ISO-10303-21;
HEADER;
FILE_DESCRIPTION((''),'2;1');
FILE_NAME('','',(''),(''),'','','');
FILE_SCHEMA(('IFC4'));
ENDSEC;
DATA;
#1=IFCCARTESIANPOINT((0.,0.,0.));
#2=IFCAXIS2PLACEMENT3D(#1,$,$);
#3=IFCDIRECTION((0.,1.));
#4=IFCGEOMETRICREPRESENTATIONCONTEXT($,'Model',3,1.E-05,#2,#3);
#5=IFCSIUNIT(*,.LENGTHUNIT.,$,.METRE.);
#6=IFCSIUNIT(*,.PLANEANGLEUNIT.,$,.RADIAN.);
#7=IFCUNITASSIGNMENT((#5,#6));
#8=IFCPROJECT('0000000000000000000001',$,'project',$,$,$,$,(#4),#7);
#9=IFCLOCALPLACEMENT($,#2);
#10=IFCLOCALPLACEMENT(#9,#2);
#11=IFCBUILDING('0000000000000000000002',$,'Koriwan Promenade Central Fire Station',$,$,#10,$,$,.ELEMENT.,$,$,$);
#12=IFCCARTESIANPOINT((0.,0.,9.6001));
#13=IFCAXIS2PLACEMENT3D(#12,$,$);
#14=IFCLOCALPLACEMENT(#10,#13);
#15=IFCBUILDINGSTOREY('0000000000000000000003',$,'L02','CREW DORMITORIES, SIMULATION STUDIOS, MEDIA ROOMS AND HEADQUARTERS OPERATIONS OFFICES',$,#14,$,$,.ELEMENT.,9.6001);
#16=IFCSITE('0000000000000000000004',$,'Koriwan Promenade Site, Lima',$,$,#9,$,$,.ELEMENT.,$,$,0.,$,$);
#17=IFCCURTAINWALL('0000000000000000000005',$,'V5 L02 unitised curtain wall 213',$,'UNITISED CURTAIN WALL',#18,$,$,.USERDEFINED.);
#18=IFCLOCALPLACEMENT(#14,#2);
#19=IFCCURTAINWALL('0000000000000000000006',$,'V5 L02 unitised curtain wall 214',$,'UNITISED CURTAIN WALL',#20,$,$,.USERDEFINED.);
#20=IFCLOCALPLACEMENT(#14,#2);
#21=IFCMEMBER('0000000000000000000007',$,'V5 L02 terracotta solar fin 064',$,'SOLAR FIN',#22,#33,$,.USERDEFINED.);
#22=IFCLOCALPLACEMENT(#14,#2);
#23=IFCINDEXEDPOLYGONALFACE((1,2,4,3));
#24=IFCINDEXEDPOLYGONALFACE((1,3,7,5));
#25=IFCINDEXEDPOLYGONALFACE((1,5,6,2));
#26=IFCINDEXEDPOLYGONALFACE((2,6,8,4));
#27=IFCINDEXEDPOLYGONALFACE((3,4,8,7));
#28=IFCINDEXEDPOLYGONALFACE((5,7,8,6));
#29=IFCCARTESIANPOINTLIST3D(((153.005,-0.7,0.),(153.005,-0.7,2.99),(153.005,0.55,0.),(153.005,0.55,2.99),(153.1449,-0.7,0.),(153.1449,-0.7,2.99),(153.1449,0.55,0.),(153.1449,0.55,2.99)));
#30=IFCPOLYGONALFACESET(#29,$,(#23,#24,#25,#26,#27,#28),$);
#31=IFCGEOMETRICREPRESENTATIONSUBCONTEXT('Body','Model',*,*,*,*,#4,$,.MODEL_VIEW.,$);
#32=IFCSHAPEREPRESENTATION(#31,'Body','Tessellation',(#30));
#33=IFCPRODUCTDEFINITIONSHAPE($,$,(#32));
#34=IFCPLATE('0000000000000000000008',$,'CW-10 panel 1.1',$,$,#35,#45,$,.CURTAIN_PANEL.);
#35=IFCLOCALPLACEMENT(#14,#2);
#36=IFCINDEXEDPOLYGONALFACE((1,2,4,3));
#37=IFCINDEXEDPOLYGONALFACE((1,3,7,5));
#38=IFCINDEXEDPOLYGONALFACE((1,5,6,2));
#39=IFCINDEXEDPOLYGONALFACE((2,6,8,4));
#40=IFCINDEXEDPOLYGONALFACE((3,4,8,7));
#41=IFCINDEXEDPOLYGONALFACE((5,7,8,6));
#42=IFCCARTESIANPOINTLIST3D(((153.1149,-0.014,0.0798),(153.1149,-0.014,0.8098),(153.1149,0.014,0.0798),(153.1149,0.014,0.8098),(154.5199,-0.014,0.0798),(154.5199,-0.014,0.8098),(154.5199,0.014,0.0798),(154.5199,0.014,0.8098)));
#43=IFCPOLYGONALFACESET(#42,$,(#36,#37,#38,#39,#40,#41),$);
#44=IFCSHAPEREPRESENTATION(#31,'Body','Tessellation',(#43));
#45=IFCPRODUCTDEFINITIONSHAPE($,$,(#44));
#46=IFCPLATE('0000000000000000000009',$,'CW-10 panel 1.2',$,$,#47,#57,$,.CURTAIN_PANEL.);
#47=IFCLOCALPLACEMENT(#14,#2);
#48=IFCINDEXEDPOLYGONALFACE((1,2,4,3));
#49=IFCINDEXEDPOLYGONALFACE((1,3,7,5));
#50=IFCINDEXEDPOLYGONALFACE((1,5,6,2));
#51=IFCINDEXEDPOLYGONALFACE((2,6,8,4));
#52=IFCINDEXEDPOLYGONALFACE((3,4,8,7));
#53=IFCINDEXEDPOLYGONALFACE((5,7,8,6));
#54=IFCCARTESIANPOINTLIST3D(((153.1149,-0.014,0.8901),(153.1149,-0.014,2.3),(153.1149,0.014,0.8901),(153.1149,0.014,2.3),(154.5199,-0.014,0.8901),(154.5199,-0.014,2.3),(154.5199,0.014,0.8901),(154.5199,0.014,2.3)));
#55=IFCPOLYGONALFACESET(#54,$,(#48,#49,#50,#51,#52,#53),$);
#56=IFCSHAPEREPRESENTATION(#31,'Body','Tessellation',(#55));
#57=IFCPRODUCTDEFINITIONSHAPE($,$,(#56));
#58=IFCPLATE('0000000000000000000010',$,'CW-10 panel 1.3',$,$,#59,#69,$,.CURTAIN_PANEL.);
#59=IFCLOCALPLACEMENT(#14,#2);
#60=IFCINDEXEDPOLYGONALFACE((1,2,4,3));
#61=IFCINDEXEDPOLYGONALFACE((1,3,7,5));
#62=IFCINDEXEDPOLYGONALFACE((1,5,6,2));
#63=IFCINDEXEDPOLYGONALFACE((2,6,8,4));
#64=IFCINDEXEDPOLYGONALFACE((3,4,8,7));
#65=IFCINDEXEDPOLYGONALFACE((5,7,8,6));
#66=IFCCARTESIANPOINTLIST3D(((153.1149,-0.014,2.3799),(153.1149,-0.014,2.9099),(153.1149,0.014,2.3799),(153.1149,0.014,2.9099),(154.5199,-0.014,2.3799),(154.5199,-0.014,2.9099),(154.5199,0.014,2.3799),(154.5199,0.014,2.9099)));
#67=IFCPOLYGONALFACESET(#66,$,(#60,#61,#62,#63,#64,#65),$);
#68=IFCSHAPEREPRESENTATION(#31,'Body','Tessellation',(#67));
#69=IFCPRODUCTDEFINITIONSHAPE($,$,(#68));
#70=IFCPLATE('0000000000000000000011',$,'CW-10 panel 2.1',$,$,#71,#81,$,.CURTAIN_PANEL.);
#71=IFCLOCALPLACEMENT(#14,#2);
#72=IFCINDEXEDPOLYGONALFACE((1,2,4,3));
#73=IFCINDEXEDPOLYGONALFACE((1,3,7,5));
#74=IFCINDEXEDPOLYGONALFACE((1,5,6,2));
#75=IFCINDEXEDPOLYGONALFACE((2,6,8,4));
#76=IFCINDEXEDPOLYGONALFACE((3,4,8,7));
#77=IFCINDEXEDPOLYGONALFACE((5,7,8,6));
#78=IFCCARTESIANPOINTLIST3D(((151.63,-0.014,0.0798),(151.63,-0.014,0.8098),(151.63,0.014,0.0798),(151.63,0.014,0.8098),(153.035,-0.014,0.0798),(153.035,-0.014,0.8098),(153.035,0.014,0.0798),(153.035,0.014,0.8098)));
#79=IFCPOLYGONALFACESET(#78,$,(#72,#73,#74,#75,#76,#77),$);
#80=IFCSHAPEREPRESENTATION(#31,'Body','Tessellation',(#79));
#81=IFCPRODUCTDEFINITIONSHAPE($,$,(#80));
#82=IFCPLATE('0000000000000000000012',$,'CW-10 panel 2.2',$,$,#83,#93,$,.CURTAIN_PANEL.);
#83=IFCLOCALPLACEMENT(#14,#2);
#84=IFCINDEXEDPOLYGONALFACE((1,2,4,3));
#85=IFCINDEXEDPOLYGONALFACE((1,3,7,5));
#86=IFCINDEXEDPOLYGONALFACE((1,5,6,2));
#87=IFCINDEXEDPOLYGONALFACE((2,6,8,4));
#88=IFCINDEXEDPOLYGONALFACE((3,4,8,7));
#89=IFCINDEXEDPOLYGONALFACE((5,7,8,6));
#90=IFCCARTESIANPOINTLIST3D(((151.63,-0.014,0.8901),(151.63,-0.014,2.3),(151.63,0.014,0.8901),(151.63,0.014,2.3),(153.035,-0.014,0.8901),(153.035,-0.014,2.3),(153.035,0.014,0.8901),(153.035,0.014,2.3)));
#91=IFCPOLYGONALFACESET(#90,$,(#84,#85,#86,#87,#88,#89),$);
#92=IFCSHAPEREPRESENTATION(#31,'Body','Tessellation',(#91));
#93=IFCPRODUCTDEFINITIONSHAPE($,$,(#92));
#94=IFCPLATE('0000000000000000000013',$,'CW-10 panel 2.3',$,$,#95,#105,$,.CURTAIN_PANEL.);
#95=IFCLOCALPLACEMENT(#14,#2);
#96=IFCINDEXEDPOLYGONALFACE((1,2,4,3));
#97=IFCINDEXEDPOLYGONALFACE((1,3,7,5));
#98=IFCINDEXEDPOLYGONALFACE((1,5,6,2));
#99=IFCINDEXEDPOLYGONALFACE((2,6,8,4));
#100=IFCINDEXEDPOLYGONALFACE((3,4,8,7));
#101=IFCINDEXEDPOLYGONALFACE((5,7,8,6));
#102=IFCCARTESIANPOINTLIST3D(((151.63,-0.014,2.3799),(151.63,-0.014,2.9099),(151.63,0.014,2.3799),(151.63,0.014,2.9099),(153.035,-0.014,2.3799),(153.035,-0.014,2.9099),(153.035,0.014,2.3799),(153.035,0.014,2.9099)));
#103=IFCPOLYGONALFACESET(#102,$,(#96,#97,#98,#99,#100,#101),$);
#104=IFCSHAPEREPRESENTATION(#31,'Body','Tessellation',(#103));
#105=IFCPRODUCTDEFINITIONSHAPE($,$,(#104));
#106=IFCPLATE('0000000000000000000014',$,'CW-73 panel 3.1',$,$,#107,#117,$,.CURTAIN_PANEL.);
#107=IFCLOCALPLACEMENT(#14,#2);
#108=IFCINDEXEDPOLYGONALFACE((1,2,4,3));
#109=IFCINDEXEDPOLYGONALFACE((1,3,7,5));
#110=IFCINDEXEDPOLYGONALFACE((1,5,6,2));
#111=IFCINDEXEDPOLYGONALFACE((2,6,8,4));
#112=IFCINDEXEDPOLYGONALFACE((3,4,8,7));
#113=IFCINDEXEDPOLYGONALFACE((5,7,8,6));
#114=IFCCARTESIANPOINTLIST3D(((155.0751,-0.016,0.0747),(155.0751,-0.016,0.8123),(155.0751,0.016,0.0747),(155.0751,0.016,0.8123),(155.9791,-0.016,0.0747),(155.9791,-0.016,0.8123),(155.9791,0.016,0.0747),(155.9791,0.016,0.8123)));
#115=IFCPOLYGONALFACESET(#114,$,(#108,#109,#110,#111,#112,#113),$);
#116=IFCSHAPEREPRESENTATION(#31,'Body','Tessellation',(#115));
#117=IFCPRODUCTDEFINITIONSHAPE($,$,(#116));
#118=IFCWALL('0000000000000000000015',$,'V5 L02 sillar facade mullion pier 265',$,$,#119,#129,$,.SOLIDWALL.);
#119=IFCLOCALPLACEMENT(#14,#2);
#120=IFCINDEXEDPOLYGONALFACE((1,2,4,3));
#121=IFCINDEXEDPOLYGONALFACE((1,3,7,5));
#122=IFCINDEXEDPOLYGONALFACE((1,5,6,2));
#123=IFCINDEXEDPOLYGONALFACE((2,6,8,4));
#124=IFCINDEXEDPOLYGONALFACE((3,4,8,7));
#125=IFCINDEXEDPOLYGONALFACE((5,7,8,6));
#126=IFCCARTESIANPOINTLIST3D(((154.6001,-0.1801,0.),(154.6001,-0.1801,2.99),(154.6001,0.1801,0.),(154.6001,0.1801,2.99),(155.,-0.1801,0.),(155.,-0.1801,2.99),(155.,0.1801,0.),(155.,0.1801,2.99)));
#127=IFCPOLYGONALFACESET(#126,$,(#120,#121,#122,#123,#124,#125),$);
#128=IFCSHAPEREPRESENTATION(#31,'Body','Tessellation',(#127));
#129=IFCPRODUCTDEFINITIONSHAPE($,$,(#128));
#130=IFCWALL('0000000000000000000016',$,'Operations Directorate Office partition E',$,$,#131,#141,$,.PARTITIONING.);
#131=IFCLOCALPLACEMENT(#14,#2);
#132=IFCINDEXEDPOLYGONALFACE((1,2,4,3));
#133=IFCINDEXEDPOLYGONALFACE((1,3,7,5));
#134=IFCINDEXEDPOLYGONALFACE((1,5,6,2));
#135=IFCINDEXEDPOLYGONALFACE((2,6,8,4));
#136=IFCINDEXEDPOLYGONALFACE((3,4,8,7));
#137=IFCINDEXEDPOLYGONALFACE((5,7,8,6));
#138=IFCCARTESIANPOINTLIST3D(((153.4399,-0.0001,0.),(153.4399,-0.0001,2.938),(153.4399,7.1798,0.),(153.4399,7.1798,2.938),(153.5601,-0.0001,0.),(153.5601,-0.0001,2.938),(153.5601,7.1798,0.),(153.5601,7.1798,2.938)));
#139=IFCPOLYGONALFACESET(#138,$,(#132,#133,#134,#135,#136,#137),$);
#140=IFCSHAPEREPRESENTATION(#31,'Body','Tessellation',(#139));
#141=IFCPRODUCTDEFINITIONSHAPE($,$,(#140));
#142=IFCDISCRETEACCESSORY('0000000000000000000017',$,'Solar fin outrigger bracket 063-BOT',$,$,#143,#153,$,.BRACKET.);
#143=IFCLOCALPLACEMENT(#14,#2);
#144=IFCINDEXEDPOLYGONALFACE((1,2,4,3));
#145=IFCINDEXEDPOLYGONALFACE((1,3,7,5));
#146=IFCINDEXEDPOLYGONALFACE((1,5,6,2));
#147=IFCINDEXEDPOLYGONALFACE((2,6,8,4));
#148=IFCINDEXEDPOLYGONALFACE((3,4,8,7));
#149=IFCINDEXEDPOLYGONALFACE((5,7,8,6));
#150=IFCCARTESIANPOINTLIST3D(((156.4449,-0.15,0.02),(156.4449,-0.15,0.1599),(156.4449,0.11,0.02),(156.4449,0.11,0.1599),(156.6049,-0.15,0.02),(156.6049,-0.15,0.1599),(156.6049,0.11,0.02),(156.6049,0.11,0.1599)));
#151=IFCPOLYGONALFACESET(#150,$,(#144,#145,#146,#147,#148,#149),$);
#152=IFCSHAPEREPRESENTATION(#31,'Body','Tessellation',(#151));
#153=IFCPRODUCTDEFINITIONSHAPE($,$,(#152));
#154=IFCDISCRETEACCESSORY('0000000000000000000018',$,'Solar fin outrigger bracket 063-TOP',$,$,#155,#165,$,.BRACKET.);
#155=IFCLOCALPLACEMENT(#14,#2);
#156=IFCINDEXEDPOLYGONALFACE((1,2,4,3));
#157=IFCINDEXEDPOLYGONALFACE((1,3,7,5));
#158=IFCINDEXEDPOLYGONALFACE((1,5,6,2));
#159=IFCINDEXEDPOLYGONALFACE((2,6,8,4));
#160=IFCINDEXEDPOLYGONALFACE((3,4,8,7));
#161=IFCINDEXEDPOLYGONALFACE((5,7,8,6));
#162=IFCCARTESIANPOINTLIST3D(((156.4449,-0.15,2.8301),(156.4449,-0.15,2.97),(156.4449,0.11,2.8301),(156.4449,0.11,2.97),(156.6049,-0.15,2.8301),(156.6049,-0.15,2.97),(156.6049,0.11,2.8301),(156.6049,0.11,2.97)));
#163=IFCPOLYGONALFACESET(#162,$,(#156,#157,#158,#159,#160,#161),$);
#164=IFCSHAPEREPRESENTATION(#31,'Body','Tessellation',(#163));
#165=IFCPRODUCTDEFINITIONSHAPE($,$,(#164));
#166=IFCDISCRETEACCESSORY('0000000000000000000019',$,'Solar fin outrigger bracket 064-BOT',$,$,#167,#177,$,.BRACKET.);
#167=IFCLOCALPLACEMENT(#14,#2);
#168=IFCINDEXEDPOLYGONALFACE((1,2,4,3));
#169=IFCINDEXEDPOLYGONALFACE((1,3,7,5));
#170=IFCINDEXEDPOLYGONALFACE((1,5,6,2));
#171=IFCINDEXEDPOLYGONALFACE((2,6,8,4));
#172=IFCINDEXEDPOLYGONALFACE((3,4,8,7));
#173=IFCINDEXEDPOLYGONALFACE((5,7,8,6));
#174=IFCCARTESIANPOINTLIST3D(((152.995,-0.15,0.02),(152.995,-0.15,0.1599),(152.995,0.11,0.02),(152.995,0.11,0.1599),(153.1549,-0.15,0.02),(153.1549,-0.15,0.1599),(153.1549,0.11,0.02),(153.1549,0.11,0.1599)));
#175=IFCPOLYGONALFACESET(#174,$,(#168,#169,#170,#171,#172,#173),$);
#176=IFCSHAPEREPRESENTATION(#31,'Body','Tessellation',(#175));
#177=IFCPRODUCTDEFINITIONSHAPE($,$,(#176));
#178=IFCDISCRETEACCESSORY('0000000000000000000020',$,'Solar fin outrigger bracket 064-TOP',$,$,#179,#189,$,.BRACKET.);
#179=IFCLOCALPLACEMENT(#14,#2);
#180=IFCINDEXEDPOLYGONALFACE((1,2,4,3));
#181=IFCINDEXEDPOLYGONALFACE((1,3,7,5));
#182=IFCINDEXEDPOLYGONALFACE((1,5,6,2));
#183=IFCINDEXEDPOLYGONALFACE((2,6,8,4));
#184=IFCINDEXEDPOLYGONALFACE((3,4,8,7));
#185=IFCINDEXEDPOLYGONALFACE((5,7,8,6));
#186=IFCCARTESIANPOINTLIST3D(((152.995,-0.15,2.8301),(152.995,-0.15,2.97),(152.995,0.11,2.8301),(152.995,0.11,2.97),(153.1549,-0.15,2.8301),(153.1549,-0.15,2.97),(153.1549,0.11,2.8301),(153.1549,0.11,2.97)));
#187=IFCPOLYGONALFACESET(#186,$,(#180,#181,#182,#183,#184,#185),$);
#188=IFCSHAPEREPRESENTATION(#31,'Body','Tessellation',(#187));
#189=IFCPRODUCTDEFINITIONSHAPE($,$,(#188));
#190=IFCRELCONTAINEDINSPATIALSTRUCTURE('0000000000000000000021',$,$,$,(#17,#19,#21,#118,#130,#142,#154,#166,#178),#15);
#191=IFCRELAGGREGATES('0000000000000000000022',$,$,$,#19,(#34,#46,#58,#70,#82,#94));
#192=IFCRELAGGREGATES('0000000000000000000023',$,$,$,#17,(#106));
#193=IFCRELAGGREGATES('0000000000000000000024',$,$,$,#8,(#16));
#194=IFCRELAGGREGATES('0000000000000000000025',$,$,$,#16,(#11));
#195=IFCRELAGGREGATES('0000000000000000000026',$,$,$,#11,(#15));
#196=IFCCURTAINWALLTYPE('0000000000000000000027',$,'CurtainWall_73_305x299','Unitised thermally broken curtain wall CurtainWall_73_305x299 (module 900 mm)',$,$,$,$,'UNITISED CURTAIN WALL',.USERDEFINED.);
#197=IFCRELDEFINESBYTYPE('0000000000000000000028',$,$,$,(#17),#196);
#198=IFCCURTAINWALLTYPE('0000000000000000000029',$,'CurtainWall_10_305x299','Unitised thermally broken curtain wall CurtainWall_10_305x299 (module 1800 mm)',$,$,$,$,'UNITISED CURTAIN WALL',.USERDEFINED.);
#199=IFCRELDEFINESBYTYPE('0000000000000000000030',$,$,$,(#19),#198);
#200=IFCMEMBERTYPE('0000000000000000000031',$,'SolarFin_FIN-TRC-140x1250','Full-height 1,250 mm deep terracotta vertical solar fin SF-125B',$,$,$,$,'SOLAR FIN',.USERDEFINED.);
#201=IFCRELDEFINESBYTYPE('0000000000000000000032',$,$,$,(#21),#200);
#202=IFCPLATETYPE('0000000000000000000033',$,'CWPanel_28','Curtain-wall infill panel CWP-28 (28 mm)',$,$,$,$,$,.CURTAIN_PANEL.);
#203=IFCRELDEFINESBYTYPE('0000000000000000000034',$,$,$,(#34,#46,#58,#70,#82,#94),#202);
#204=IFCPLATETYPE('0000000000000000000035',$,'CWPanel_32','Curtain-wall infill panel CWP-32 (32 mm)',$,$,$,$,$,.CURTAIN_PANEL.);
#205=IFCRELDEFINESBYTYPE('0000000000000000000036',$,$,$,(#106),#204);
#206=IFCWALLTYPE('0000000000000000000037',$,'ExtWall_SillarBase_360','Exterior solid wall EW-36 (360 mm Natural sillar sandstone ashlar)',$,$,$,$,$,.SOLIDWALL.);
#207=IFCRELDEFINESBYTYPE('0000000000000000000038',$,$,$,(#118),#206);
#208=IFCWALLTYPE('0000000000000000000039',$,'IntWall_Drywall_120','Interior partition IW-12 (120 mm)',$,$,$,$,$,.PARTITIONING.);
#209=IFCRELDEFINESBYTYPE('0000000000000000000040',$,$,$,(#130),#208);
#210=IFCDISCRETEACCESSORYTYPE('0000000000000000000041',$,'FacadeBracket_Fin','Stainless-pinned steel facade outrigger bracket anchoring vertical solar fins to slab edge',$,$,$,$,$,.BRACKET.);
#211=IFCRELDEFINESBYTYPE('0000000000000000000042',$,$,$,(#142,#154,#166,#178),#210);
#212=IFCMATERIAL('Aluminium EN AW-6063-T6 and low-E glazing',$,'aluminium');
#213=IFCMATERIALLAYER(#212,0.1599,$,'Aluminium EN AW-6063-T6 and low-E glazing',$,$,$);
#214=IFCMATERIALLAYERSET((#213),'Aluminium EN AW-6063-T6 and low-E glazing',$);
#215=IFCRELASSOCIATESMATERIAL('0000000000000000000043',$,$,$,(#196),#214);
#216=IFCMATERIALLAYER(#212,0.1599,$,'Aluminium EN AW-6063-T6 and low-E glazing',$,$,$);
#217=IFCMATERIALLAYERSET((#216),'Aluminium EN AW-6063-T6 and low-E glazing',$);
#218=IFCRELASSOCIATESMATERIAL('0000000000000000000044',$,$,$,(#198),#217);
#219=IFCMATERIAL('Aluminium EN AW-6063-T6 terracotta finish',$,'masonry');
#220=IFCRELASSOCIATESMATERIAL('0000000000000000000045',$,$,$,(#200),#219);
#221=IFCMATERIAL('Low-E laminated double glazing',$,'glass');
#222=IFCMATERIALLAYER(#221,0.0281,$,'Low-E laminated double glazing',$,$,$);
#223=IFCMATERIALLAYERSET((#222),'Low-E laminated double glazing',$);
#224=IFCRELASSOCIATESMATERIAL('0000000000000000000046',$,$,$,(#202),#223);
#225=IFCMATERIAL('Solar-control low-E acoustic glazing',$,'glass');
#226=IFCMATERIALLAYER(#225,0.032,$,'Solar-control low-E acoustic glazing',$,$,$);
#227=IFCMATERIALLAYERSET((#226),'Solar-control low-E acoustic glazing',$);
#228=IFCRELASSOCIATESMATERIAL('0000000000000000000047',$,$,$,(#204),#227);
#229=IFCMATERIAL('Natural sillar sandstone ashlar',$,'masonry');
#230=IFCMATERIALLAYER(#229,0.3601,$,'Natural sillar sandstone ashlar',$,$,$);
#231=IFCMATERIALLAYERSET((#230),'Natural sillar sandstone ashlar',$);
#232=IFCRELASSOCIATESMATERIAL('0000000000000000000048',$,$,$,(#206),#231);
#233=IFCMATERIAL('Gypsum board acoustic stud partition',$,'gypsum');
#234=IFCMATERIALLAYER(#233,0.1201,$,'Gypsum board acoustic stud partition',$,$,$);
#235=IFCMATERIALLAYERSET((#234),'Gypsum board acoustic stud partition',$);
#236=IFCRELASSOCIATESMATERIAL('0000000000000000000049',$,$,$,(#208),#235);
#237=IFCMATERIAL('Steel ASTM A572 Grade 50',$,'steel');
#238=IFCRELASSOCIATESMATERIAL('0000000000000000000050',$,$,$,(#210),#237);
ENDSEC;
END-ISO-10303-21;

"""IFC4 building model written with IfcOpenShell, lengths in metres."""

from ifc_helpers import new_model, si_unit, direction, frame, frame_2d, origin, origin_2d, place, context, subcontext, project, spatial, rectangle, extrude, material, layer, layer_set, material_profile, profile_set, type_object, element, aggregate, save


model = new_model("IFC4")

# Units and contexts
model_context = context("Model", 3, precision=1e-05, world=origin(), true_north=direction((0.0, 1.0)))
body_context = subcontext(model_context, "Body", "Model", "MODEL_VIEW")
ifc_project = project(units=[si_unit("LENGTHUNIT", "METRE"), si_unit("PLANEANGLEUNIT", "RADIAN")], contexts=[model_context])

# Site, building, storey
site_placement = place(None, origin())
site = spatial("IfcSite", under=ifc_project, at=site_placement, Name="Koriwan Promenade Site, Lima", CompositionType="ELEMENT", RefElevation=0.0)
building_placement = place(site_placement, origin())
building = spatial("IfcBuilding", under=site, at=building_placement, Name="Koriwan Promenade Central Fire Station", CompositionType="ELEMENT")
storey_placement = place(building_placement, frame((0.0, 0.0, 9.6001)))
storey = spatial("IfcBuildingStorey", under=building, at=storey_placement, Name="L02", Description="CREW DORMITORIES, SIMULATION STUDIOS, MEDIA ROOMS AND HEADQUARTERS OPERATIONS OFFICES", CompositionType="ELEMENT", Elevation=9.6001)

# Curtain wall
ifc_material_1 = material(Name="Aluminium EN AW-6063-T6 and low-E glazing", Category="aluminium")
ifc_layer_1 = layer(ifc_material_1, 0.1599, Name="Aluminium EN AW-6063-T6 and low-E glazing")
ifc_layer_set_1 = layer_set([ifc_layer_1], Name="Aluminium EN AW-6063-T6 and low-E glazing")
curtain_wall_type_1 = type_object("IfcCurtainWallType", Name="CurtainWall_73_305x299", Description="Unitised thermally broken curtain wall CurtainWall_73_305x299 (module 900 mm)", ElementType="UNITISED CURTAIN WALL", PredefinedType="USERDEFINED", material=ifc_layer_set_1)
curtain_wall_1_placement = place(storey_placement, origin())
curtain_wall_1 = element("IfcCurtainWall", 1, at=curtain_wall_1_placement, inside=storey, type_object=curtain_wall_type_1, Name="V5 L02 unitised curtain wall 213", ObjectType="UNITISED CURTAIN WALL", PredefinedType="USERDEFINED")

# Curtain wall
ifc_layer_2 = layer(ifc_material_1, 0.1599, Name="Aluminium EN AW-6063-T6 and low-E glazing")
ifc_layer_set_2 = layer_set([ifc_layer_2], Name="Aluminium EN AW-6063-T6 and low-E glazing")
curtain_wall_type_2 = type_object("IfcCurtainWallType", Name="CurtainWall_10_305x299", Description="Unitised thermally broken curtain wall CurtainWall_10_305x299 (module 1800 mm)", ElementType="UNITISED CURTAIN WALL", PredefinedType="USERDEFINED", material=ifc_layer_set_2)
curtain_wall_2_placement = place(storey_placement, origin())
curtain_wall_2 = element("IfcCurtainWall", 2, at=curtain_wall_2_placement, inside=storey, type_object=curtain_wall_type_2, Name="V5 L02 unitised curtain wall 214", ObjectType="UNITISED CURTAIN WALL", PredefinedType="USERDEFINED")

# Member
ifc_material_2 = material(Name="Aluminium EN AW-6063-T6 terracotta finish", Category="masonry")
ifc_material_profile_1 = material_profile(ifc_material_2, rectangle(XDim=0.1399, YDim=1.25, at=origin_2d()), Name="FIN-TRC-140x1250")
ifc_profile_set_1 = profile_set([ifc_material_profile_1], Name="Aluminium EN AW-6063-T6 terracotta finish")
member_type_1 = type_object("IfcMemberType", Name="SolarFin_FIN-TRC-140x1250", Description="Full-height 1,250 mm deep terracotta vertical solar fin SF-125B", ElementType="SOLAR FIN", PredefinedType="USERDEFINED", material=ifc_profile_set_1)
for number, where, z_axis, x_axis, name in (
    (3, (153.075, -0.075, 0.0), (0.0, 0.0, 1.0), (-1.0, 0.0, 0.0), "V5 L02 terracotta solar fin 064"),
):
    element("IfcMember", number, at=place(storey_placement, frame(where, z_axis=z_axis, x_axis=x_axis)), inside=storey, type_object=member_type_1, Name=name, ObjectType="SOLAR FIN", PredefinedType="USERDEFINED", context=body_context, shape_type="SweptSolid", body=[
        extrude(rectangle(XDim=0.1399, YDim=1.25, at=origin_2d()), origin(), (0.0, 0.0, 1.0), 2.99),
    ])

# Plates
ifc_material_3 = material(Name="Low-E laminated double glazing", Category="glass")
ifc_layer_3 = layer(ifc_material_3, 0.0281, Name="Low-E laminated double glazing")
ifc_layer_set_3 = layer_set([ifc_layer_3], Name="Low-E laminated double glazing")
plate_type_1 = type_object("IfcPlateType", Name="CWPanel_28", Description="Curtain-wall infill panel CWP-28 (28 mm)", PredefinedType="CURTAIN_PANEL", material=ifc_layer_set_3)
plate_1_placement = place(storey_placement, frame((153.8174, 0.0, 0.0798), z_axis=(0.0, 0.0, 1.0), x_axis=(-1.0, 0.0, 0.0)))
plate_1 = element("IfcPlate", 4, at=plate_1_placement, type_object=plate_type_1, Name="CW-10 panel 1.1", PredefinedType="CURTAIN_PANEL", context=body_context, shape_type="SweptSolid", body=[
    extrude(rectangle(XDim=1.405, YDim=0.0281, at=origin_2d()), origin(), (0.0, 0.0, 1.0), 0.73),
])
plate_2_placement = place(storey_placement, frame((153.8174, 0.0, 0.8901), z_axis=(0.0, 0.0, 1.0), x_axis=(-1.0, 0.0, 0.0)))
plate_2 = element("IfcPlate", 5, at=plate_2_placement, type_object=plate_type_1, Name="CW-10 panel 1.2", PredefinedType="CURTAIN_PANEL", context=body_context, shape_type="SweptSolid", body=[
    extrude(rectangle(XDim=1.405, YDim=0.0281, at=origin_2d()), origin(), (0.0, 0.0, 1.0), 1.4099),
])
plate_3_placement = place(storey_placement, frame((153.8174, 0.0, 2.3799), z_axis=(0.0, 0.0, 1.0), x_axis=(-1.0, 0.0, 0.0)))
plate_3 = element("IfcPlate", 6, at=plate_3_placement, type_object=plate_type_1, Name="CW-10 panel 1.3", PredefinedType="CURTAIN_PANEL", context=body_context, shape_type="SweptSolid", body=[
    extrude(rectangle(XDim=1.405, YDim=0.0281, at=origin_2d()), origin(), (0.0, 0.0, 1.0), 0.53),
])
plate_4_placement = place(storey_placement, frame((152.3325, 0.0, 0.0798), z_axis=(0.0, 0.0, 1.0), x_axis=(-1.0, 0.0, 0.0)))
plate_4 = element("IfcPlate", 7, at=plate_4_placement, type_object=plate_type_1, Name="CW-10 panel 2.1", PredefinedType="CURTAIN_PANEL", context=body_context, shape_type="SweptSolid", body=[
    extrude(rectangle(XDim=1.405, YDim=0.0281, at=origin_2d()), origin(), (0.0, 0.0, 1.0), 0.73),
])
plate_5_placement = place(storey_placement, frame((152.3325, 0.0, 0.8901), z_axis=(0.0, 0.0, 1.0), x_axis=(-1.0, 0.0, 0.0)))
plate_5 = element("IfcPlate", 8, at=plate_5_placement, type_object=plate_type_1, Name="CW-10 panel 2.2", PredefinedType="CURTAIN_PANEL", context=body_context, shape_type="SweptSolid", body=[
    extrude(rectangle(XDim=1.405, YDim=0.0281, at=origin_2d()), origin(), (0.0, 0.0, 1.0), 1.4099),
])
plate_6_placement = place(storey_placement, frame((152.3325, 0.0, 2.3799), z_axis=(0.0, 0.0, 1.0), x_axis=(-1.0, 0.0, 0.0)))
plate_6 = element("IfcPlate", 9, at=plate_6_placement, type_object=plate_type_1, Name="CW-10 panel 2.3", PredefinedType="CURTAIN_PANEL", context=body_context, shape_type="SweptSolid", body=[
    extrude(rectangle(XDim=1.405, YDim=0.0281, at=origin_2d()), origin(), (0.0, 0.0, 1.0), 0.53),
])
aggregate(curtain_wall_2, [plate_1, plate_2, plate_3, plate_4, plate_5, plate_6])
ifc_material_4 = material(Name="Solar-control low-E acoustic glazing", Category="glass")
ifc_layer_4 = layer(ifc_material_4, 0.032, Name="Solar-control low-E acoustic glazing")
ifc_layer_set_4 = layer_set([ifc_layer_4], Name="Solar-control low-E acoustic glazing")
plate_type_2 = type_object("IfcPlateType", Name="CWPanel_32", Description="Curtain-wall infill panel CWP-32 (32 mm)", PredefinedType="CURTAIN_PANEL", material=ifc_layer_set_4)
plate_7_placement = place(storey_placement, frame((155.5271, 0.0, 0.0747), z_axis=(0.0, 0.0, 1.0), x_axis=(-1.0, 0.0, 0.0)))
plate_7 = element("IfcPlate", 10, at=plate_7_placement, type_object=plate_type_2, Name="CW-73 panel 3.1", PredefinedType="CURTAIN_PANEL", context=body_context, shape_type="SweptSolid", body=[
    extrude(rectangle(XDim=0.9041, YDim=0.032, at=origin_2d()), origin(), (0.0, 0.0, 1.0), 0.7375),
])
aggregate(curtain_wall_1, [plate_7])

# Walls
ifc_material_5 = material(Name="Natural sillar sandstone ashlar", Category="masonry")
ifc_layer_5 = layer(ifc_material_5, 0.3601, Name="Natural sillar sandstone ashlar")
ifc_layer_set_5 = layer_set([ifc_layer_5], Name="Natural sillar sandstone ashlar")
wall_type_1 = type_object("IfcWallType", Name="ExtWall_SillarBase_360", Description="Exterior solid wall EW-36 (360 mm Natural sillar sandstone ashlar)", PredefinedType="SOLIDWALL", material=ifc_layer_set_5)
wall_1_placement = place(storey_placement, frame((155.0, 0.0, 0.0), z_axis=(0.0, 0.0, 1.0), x_axis=(-1.0, 0.0, 0.0)))
element("IfcWall", 11, at=wall_1_placement, inside=storey, type_object=wall_type_1, Name="V5 L02 sillar facade mullion pier 265", PredefinedType="SOLIDWALL", context=body_context, shape_type="SweptSolid", body=[
    extrude(rectangle(XDim=0.3999, YDim=0.3601, at=frame_2d((0.2, 0.0))), origin(), (0.0, 0.0, 1.0), 2.99),
])
ifc_material_6 = material(Name="Gypsum board acoustic stud partition", Category="gypsum")
ifc_layer_6 = layer(ifc_material_6, 0.1201, Name="Gypsum board acoustic stud partition")
ifc_layer_set_6 = layer_set([ifc_layer_6], Name="Gypsum board acoustic stud partition")
wall_type_2 = type_object("IfcWallType", Name="IntWall_Drywall_120", Description="Interior partition IW-12 (120 mm)", PredefinedType="PARTITIONING", material=ifc_layer_set_6)
wall_2_placement = place(storey_placement, frame((153.5, 0.0, 0.0), z_axis=(0.0, 0.0, 1.0), x_axis=(0.0, 1.0, 0.0)))
element("IfcWall", 12, at=wall_2_placement, inside=storey, type_object=wall_type_2, Name="Operations Directorate Office partition E", PredefinedType="PARTITIONING", context=body_context, shape_type="SweptSolid", body=[
    extrude(rectangle(XDim=7.1799, YDim=0.1201, at=frame_2d((3.5898, 0.0))), origin(), (0.0, 0.0, 1.0), 2.938),
])

# Discrete accessories
ifc_material_7 = material(Name="Steel ASTM A572 Grade 50", Category="steel")
discrete_accessory_type = type_object("IfcDiscreteAccessoryType", Name="FacadeBracket_Fin", Description="Stainless-pinned steel facade outrigger bracket anchoring vertical solar fins to slab edge", PredefinedType="BRACKET", material=ifc_material_7)
for number, where, z_axis, x_axis, name in (
    (13, (156.5249, -0.02, 0.02), (0.0, 0.0, 1.0), (0.0, -1.0, 0.0), "Solar fin outrigger bracket 063-BOT"),
    (14, (156.5249, -0.02, 2.8301), (0.0, 0.0, 1.0), (0.0, -1.0, 0.0), "Solar fin outrigger bracket 063-TOP"),
    (15, (153.075, -0.02, 0.02), (0.0, 0.0, 1.0), (0.0, -1.0, 0.0), "Solar fin outrigger bracket 064-BOT"),
    (16, (153.075, -0.02, 2.8301), (0.0, 0.0, 1.0), (0.0, -1.0, 0.0), "Solar fin outrigger bracket 064-TOP"),
):
    element("IfcDiscreteAccessory", number, at=place(storey_placement, frame(where, z_axis=z_axis, x_axis=x_axis)), inside=storey, type_object=discrete_accessory_type, Name=name, PredefinedType="BRACKET", context=body_context, shape_type="SweptSolid", body=[
        extrude(rectangle(XDim=0.26, YDim=0.1599, at=origin_2d()), origin(), (0.0, 0.0, 1.0), 0.1399),
    ])

save(model, "model.ifc")
